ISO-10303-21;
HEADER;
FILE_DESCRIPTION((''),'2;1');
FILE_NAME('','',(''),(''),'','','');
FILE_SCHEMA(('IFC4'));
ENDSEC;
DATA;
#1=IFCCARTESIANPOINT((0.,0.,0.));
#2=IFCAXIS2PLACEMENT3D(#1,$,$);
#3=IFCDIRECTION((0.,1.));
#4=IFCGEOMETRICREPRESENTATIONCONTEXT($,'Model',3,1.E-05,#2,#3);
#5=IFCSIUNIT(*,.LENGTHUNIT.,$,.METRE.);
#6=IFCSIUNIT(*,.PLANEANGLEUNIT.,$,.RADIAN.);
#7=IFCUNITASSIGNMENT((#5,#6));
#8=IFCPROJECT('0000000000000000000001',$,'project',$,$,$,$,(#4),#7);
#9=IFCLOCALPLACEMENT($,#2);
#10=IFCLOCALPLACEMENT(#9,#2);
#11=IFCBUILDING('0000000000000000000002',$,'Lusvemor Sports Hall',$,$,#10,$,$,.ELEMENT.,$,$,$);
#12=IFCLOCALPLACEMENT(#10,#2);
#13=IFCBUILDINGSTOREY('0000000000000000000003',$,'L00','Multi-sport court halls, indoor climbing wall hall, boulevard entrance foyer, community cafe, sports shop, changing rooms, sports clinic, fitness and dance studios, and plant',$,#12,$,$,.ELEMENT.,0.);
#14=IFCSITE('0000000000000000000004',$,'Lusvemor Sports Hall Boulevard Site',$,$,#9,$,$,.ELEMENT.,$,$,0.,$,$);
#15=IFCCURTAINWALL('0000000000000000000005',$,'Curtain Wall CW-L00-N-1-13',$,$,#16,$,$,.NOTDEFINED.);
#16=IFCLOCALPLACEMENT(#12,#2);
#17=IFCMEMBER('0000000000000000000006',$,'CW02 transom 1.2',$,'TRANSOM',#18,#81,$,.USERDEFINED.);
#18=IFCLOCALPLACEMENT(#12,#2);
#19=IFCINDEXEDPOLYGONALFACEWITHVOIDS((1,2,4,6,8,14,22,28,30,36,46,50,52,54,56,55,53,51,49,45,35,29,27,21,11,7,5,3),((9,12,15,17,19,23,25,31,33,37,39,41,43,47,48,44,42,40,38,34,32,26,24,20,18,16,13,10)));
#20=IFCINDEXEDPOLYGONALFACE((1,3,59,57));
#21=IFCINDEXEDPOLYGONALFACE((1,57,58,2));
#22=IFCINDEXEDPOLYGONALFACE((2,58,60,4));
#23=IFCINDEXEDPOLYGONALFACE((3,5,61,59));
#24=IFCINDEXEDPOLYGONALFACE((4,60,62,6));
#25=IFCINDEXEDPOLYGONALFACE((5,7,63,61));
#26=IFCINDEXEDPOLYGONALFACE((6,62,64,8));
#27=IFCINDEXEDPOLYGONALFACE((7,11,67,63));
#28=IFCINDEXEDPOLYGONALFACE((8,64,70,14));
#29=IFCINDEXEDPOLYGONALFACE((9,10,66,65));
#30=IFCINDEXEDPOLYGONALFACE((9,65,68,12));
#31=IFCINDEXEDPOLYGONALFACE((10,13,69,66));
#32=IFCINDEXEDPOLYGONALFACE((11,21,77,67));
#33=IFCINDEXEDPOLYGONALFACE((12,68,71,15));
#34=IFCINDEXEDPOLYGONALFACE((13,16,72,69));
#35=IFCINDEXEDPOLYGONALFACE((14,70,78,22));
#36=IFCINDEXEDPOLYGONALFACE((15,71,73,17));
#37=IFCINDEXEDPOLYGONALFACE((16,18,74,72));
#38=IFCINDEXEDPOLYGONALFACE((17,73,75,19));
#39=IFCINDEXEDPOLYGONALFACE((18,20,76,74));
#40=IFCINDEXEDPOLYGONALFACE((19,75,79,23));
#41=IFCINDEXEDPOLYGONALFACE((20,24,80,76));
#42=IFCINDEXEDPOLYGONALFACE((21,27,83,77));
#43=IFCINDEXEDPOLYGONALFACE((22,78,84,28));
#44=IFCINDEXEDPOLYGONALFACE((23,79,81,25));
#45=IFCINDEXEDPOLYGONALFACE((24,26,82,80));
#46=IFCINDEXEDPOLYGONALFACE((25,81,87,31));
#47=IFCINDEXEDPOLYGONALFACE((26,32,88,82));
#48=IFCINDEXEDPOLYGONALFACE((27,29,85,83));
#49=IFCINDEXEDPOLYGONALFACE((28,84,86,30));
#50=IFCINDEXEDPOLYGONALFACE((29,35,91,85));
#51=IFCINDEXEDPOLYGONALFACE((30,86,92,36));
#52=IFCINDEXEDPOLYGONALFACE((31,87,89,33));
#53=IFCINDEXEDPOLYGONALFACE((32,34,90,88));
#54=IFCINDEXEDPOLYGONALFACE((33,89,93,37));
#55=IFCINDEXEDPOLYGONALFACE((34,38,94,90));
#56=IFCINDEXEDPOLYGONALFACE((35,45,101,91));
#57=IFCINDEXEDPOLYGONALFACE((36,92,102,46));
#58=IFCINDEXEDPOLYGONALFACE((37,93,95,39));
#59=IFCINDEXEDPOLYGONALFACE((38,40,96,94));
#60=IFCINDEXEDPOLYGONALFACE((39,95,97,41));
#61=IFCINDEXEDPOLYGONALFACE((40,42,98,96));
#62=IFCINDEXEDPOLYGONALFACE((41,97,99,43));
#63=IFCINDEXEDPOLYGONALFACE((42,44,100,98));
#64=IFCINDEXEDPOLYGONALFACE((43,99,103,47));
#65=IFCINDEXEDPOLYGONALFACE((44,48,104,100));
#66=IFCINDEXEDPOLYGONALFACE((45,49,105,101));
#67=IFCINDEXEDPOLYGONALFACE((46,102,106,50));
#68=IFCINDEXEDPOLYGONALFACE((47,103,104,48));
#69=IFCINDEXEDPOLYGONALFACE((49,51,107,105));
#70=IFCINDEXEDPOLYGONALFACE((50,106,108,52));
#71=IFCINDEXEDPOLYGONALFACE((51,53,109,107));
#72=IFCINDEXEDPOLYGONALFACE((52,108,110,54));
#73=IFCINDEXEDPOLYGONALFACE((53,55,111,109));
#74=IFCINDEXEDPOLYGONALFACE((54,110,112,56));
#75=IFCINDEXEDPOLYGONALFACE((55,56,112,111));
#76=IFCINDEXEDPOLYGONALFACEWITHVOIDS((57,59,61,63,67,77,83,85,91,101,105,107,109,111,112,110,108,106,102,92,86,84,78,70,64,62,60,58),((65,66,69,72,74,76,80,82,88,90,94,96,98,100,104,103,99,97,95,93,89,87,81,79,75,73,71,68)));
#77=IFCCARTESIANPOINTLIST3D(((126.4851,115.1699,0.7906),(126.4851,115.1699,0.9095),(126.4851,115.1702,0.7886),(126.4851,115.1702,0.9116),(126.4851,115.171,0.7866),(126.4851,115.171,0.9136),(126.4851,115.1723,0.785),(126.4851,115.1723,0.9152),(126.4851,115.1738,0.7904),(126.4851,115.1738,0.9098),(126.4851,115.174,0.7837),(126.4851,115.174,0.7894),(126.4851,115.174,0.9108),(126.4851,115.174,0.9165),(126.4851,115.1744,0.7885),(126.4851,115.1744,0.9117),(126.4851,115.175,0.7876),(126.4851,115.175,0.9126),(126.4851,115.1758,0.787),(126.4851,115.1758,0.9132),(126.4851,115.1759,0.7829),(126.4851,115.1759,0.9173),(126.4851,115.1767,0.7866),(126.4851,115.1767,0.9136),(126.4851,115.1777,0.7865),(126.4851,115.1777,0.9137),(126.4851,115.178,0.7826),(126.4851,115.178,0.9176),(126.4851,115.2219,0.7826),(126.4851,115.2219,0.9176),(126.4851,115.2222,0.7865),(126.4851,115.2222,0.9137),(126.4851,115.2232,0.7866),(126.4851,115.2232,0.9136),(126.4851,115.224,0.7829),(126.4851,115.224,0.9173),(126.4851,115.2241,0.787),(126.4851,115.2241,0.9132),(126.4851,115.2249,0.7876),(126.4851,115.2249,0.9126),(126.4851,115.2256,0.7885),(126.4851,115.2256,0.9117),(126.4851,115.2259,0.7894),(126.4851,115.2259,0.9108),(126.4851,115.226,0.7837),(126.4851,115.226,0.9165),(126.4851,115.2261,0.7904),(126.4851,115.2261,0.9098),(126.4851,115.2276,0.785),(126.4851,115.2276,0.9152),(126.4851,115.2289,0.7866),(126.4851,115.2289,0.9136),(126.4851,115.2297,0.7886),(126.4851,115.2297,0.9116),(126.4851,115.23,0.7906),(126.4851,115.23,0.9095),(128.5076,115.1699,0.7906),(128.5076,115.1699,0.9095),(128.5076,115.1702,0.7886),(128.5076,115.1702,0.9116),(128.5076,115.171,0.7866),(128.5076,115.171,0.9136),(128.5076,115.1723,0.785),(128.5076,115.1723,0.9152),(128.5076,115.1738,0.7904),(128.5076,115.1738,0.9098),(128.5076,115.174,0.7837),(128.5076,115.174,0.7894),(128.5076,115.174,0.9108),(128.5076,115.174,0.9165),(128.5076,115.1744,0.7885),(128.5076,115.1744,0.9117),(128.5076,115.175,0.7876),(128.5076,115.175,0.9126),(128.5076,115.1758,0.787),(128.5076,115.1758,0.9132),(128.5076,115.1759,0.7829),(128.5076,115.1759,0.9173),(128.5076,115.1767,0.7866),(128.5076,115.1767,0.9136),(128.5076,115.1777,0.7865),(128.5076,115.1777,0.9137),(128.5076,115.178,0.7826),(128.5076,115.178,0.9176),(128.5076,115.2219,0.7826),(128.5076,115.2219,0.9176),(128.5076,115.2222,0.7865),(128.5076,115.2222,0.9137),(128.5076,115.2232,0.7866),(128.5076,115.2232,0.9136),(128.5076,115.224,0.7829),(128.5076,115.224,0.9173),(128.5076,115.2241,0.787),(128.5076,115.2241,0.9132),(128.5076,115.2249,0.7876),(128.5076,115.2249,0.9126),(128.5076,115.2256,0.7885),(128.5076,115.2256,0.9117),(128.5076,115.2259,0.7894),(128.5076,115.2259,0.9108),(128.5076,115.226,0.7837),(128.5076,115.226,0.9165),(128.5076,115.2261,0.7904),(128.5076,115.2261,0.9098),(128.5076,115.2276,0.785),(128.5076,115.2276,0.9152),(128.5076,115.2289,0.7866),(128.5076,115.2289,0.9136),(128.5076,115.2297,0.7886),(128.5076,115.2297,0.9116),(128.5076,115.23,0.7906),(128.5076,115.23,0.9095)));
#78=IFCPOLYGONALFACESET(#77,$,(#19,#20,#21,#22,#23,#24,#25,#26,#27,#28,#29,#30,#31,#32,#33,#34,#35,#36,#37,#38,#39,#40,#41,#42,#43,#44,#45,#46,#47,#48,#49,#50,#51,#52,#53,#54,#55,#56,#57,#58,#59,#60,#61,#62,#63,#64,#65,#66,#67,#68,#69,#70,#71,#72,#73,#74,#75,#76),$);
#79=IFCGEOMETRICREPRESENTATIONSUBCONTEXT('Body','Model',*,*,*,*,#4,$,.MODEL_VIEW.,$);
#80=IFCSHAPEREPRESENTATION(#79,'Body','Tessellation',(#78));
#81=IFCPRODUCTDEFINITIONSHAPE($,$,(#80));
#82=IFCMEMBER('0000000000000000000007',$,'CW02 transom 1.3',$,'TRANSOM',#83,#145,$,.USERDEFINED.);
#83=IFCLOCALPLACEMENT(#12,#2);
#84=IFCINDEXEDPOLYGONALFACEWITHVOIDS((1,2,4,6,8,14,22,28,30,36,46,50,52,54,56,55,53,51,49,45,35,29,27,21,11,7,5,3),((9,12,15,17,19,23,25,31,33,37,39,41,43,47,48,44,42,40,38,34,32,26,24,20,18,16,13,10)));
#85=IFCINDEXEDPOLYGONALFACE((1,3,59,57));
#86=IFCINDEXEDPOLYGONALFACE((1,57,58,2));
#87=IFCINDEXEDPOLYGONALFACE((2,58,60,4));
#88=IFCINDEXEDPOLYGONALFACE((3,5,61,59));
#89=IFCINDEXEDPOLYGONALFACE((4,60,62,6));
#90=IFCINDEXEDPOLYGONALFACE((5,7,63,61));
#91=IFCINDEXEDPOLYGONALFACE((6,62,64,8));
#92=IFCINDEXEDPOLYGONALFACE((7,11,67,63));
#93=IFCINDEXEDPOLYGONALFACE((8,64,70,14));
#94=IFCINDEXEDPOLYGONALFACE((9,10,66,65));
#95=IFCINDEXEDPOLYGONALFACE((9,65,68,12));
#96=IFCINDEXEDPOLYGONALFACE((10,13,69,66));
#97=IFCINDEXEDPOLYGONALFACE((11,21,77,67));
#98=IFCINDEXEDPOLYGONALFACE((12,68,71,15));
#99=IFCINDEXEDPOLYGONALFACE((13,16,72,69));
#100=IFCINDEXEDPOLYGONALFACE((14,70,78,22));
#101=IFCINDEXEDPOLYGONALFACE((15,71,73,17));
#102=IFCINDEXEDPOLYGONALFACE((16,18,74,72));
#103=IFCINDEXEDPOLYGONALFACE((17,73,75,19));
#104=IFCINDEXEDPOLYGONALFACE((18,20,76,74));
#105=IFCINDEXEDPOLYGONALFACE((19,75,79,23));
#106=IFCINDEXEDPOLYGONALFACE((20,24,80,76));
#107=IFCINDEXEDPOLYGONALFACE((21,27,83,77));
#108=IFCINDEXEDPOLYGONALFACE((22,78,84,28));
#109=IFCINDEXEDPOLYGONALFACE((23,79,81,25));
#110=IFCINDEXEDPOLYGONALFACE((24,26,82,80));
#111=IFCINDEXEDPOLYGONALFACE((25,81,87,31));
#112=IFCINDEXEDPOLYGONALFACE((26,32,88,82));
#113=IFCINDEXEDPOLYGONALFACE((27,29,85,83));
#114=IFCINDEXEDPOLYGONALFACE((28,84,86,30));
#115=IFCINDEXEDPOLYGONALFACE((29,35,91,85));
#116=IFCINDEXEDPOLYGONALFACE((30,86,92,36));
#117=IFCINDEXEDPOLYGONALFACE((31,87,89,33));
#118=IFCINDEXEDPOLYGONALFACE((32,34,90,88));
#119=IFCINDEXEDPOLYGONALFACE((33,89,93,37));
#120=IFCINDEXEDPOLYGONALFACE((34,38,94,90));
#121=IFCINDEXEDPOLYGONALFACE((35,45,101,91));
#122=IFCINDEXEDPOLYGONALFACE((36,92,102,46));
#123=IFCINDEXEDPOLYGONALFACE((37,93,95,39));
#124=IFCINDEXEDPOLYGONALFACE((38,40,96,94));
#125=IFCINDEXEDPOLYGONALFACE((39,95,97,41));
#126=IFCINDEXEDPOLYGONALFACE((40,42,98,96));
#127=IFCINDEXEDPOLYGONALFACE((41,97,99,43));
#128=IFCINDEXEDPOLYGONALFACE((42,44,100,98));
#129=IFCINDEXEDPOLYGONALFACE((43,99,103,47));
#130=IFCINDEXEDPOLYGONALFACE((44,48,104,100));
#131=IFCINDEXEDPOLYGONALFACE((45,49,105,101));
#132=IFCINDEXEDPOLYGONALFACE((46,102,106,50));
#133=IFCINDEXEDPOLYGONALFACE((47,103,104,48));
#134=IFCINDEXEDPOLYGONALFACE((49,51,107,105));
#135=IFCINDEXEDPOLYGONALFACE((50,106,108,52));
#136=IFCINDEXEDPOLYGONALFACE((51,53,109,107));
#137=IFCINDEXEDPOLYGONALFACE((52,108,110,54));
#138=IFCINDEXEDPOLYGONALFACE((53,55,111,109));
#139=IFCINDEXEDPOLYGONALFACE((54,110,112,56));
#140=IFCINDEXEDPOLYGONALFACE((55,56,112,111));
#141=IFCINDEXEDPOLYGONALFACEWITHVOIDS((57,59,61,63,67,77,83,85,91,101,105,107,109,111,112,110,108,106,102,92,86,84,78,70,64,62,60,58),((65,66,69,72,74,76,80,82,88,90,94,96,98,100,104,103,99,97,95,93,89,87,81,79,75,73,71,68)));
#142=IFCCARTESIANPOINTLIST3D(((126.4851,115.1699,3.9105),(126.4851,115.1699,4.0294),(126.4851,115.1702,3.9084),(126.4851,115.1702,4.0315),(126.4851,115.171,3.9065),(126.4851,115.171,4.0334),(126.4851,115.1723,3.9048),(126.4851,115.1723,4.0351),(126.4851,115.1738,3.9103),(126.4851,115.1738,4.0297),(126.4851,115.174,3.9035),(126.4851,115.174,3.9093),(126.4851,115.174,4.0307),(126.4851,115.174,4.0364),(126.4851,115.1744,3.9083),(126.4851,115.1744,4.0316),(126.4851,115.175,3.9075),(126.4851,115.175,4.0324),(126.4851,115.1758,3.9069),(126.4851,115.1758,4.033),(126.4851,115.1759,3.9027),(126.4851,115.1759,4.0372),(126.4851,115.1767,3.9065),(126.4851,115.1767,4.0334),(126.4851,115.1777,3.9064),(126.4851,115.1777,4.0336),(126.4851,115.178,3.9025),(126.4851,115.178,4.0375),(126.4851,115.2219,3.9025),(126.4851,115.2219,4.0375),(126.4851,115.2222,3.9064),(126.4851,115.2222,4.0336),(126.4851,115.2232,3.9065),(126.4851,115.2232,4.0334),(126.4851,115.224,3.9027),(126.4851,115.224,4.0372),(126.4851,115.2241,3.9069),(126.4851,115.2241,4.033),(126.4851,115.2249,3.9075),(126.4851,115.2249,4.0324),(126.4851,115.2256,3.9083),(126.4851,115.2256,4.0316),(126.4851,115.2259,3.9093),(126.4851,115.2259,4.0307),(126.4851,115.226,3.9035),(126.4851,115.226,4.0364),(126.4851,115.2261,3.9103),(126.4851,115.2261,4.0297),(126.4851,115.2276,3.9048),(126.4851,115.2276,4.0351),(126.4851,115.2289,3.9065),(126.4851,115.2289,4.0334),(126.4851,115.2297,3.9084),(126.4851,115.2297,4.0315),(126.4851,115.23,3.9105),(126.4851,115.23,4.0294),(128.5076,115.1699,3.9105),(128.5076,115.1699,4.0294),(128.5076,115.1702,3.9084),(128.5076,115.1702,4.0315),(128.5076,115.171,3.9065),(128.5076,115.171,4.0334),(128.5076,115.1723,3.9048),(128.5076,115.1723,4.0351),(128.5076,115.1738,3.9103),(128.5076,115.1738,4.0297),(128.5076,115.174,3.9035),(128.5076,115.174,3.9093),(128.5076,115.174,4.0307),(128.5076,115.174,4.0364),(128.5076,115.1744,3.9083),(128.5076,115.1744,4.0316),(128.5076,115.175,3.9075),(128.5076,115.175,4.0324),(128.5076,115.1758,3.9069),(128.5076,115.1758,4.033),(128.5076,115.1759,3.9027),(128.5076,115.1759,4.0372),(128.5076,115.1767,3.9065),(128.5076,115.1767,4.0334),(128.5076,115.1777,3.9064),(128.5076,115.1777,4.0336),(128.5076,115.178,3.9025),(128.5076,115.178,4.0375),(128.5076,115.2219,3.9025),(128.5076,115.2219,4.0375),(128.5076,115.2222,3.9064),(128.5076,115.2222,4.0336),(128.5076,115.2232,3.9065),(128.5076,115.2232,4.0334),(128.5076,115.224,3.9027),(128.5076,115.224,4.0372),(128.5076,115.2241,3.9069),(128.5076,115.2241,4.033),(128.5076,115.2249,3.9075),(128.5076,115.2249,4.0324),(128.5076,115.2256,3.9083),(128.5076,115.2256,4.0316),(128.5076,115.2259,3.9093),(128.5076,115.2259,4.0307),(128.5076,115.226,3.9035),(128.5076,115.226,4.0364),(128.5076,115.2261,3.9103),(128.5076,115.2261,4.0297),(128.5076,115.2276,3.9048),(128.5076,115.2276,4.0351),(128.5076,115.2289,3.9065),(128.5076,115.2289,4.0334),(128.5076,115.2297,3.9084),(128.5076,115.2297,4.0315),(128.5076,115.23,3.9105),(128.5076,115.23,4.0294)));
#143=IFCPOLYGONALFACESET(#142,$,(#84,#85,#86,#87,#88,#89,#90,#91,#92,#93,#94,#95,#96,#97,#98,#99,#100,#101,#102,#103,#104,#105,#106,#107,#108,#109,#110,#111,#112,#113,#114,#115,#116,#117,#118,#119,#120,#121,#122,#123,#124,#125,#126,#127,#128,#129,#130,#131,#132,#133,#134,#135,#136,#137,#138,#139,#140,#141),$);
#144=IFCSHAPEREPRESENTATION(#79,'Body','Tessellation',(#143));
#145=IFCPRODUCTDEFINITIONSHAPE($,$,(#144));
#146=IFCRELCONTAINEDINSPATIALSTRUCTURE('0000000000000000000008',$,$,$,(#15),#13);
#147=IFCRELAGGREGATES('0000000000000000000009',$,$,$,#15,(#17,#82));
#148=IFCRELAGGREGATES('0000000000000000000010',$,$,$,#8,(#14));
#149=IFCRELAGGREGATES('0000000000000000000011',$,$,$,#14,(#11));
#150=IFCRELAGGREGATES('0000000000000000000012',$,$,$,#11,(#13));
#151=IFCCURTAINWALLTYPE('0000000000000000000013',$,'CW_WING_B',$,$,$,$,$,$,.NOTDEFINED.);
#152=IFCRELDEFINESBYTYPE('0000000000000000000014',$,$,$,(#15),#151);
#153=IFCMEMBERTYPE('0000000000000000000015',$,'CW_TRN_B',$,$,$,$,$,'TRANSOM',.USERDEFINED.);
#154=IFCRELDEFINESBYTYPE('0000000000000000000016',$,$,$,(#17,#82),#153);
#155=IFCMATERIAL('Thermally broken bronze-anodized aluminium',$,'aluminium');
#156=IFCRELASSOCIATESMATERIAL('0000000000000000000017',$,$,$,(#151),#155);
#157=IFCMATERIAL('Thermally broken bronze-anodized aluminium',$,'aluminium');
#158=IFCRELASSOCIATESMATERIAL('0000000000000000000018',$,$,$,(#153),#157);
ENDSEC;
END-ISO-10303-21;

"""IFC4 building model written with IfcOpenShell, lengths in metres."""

from ifc_helpers import new_model, si_unit, direction, frame, origin, origin_2d, place, context, subcontext, project, spatial, hollow_rectangle, extrude, material, material_profile, profile_set, type_object, element, aggregate, save


model = new_model("IFC4")

# Units and contexts
model_context = context("Model", 3, precision=1e-05, world=origin(), true_north=direction((0.0, 1.0)))
body_context = subcontext(model_context, "Body", "Model", "MODEL_VIEW")
ifc_project = project(units=[si_unit("LENGTHUNIT", "METRE"), si_unit("PLANEANGLEUNIT", "RADIAN")], contexts=[model_context])

# Site, building, storey
site_placement = place(None, origin())
site = spatial("IfcSite", under=ifc_project, at=site_placement, Name="Lusvemor Sports Hall Boulevard Site", CompositionType="ELEMENT", RefElevation=0.0)
building_placement = place(site_placement, origin())
building = spatial("IfcBuilding", under=site, at=building_placement, Name="Lusvemor Sports Hall", CompositionType="ELEMENT")
storey_placement = place(building_placement, origin())
storey = spatial("IfcBuildingStorey", under=building, at=storey_placement, Name="L00", Description="Multi-sport court halls, indoor climbing wall hall, boulevard entrance foyer, community cafe, sports shop, changing rooms, sports clinic, fitness and dance studios, and plant", CompositionType="ELEMENT", Elevation=0.0)

# Curtain wall, members
ifc_material_1 = material(Name="Thermally broken bronze-anodized aluminium", Category="aluminium")
curtain_wall_type = type_object("IfcCurtainWallType", Name="CW_WING_B", PredefinedType="NOTDEFINED", material=ifc_material_1)
curtain_wall_placement = place(storey_placement, origin())
curtain_wall = element("IfcCurtainWall", 1, at=curtain_wall_placement, inside=storey, type_object=curtain_wall_type, Name="Curtain Wall CW-L00-N-1-13", PredefinedType="NOTDEFINED")
ifc_material_2 = material(Name="Thermally broken bronze-anodized aluminium", Category="aluminium")
ifc_material_profile_1 = material_profile(ifc_material_2, hollow_rectangle(XDim=0.0601, YDim=0.135, WallThickness=0.0039, InnerFilletRadius=0.0039, OuterFilletRadius=0.0081, at=origin_2d()), Name="CWTRN135x60x4")
ifc_profile_set_1 = profile_set([ifc_material_profile_1], Name="Thermally broken bronze-anodized aluminium")
member_type_1 = type_object("IfcMemberType", Name="CW_TRN_B", ElementType="TRANSOM", PredefinedType="USERDEFINED", material=ifc_profile_set_1)
member_1_placement = place(storey_placement, frame((126.4851, 115.2, 0.8501), z_axis=(1.0, 0.0, 0.0), x_axis=(0.0, 1.0, 0.0)))
member_1 = element("IfcMember", 2, at=member_1_placement, type_object=member_type_1, Name="CW02 transom 1.2", ObjectType="TRANSOM", PredefinedType="USERDEFINED", context=body_context, shape_type="SweptSolid", body=[
    extrude(hollow_rectangle(XDim=0.0601, YDim=0.135, WallThickness=0.0039, InnerFilletRadius=0.0039, OuterFilletRadius=0.0081, at=origin_2d()), origin(), (0.0, 0.0, 1.0), 2.0225),
])
member_2_placement = place(storey_placement, frame((126.4851, 115.2, 3.97), z_axis=(1.0, 0.0, 0.0), x_axis=(0.0, 1.0, 0.0)))
member_2 = element("IfcMember", 3, at=member_2_placement, type_object=member_type_1, Name="CW02 transom 1.3", ObjectType="TRANSOM", PredefinedType="USERDEFINED", context=body_context, shape_type="SweptSolid", body=[
    extrude(hollow_rectangle(XDim=0.0601, YDim=0.135, WallThickness=0.0039, InnerFilletRadius=0.0039, OuterFilletRadius=0.0081, at=origin_2d()), origin(), (0.0, 0.0, 1.0), 2.0225),
])
aggregate(curtain_wall, [member_1, member_2])

save(model, "model.ifc")
